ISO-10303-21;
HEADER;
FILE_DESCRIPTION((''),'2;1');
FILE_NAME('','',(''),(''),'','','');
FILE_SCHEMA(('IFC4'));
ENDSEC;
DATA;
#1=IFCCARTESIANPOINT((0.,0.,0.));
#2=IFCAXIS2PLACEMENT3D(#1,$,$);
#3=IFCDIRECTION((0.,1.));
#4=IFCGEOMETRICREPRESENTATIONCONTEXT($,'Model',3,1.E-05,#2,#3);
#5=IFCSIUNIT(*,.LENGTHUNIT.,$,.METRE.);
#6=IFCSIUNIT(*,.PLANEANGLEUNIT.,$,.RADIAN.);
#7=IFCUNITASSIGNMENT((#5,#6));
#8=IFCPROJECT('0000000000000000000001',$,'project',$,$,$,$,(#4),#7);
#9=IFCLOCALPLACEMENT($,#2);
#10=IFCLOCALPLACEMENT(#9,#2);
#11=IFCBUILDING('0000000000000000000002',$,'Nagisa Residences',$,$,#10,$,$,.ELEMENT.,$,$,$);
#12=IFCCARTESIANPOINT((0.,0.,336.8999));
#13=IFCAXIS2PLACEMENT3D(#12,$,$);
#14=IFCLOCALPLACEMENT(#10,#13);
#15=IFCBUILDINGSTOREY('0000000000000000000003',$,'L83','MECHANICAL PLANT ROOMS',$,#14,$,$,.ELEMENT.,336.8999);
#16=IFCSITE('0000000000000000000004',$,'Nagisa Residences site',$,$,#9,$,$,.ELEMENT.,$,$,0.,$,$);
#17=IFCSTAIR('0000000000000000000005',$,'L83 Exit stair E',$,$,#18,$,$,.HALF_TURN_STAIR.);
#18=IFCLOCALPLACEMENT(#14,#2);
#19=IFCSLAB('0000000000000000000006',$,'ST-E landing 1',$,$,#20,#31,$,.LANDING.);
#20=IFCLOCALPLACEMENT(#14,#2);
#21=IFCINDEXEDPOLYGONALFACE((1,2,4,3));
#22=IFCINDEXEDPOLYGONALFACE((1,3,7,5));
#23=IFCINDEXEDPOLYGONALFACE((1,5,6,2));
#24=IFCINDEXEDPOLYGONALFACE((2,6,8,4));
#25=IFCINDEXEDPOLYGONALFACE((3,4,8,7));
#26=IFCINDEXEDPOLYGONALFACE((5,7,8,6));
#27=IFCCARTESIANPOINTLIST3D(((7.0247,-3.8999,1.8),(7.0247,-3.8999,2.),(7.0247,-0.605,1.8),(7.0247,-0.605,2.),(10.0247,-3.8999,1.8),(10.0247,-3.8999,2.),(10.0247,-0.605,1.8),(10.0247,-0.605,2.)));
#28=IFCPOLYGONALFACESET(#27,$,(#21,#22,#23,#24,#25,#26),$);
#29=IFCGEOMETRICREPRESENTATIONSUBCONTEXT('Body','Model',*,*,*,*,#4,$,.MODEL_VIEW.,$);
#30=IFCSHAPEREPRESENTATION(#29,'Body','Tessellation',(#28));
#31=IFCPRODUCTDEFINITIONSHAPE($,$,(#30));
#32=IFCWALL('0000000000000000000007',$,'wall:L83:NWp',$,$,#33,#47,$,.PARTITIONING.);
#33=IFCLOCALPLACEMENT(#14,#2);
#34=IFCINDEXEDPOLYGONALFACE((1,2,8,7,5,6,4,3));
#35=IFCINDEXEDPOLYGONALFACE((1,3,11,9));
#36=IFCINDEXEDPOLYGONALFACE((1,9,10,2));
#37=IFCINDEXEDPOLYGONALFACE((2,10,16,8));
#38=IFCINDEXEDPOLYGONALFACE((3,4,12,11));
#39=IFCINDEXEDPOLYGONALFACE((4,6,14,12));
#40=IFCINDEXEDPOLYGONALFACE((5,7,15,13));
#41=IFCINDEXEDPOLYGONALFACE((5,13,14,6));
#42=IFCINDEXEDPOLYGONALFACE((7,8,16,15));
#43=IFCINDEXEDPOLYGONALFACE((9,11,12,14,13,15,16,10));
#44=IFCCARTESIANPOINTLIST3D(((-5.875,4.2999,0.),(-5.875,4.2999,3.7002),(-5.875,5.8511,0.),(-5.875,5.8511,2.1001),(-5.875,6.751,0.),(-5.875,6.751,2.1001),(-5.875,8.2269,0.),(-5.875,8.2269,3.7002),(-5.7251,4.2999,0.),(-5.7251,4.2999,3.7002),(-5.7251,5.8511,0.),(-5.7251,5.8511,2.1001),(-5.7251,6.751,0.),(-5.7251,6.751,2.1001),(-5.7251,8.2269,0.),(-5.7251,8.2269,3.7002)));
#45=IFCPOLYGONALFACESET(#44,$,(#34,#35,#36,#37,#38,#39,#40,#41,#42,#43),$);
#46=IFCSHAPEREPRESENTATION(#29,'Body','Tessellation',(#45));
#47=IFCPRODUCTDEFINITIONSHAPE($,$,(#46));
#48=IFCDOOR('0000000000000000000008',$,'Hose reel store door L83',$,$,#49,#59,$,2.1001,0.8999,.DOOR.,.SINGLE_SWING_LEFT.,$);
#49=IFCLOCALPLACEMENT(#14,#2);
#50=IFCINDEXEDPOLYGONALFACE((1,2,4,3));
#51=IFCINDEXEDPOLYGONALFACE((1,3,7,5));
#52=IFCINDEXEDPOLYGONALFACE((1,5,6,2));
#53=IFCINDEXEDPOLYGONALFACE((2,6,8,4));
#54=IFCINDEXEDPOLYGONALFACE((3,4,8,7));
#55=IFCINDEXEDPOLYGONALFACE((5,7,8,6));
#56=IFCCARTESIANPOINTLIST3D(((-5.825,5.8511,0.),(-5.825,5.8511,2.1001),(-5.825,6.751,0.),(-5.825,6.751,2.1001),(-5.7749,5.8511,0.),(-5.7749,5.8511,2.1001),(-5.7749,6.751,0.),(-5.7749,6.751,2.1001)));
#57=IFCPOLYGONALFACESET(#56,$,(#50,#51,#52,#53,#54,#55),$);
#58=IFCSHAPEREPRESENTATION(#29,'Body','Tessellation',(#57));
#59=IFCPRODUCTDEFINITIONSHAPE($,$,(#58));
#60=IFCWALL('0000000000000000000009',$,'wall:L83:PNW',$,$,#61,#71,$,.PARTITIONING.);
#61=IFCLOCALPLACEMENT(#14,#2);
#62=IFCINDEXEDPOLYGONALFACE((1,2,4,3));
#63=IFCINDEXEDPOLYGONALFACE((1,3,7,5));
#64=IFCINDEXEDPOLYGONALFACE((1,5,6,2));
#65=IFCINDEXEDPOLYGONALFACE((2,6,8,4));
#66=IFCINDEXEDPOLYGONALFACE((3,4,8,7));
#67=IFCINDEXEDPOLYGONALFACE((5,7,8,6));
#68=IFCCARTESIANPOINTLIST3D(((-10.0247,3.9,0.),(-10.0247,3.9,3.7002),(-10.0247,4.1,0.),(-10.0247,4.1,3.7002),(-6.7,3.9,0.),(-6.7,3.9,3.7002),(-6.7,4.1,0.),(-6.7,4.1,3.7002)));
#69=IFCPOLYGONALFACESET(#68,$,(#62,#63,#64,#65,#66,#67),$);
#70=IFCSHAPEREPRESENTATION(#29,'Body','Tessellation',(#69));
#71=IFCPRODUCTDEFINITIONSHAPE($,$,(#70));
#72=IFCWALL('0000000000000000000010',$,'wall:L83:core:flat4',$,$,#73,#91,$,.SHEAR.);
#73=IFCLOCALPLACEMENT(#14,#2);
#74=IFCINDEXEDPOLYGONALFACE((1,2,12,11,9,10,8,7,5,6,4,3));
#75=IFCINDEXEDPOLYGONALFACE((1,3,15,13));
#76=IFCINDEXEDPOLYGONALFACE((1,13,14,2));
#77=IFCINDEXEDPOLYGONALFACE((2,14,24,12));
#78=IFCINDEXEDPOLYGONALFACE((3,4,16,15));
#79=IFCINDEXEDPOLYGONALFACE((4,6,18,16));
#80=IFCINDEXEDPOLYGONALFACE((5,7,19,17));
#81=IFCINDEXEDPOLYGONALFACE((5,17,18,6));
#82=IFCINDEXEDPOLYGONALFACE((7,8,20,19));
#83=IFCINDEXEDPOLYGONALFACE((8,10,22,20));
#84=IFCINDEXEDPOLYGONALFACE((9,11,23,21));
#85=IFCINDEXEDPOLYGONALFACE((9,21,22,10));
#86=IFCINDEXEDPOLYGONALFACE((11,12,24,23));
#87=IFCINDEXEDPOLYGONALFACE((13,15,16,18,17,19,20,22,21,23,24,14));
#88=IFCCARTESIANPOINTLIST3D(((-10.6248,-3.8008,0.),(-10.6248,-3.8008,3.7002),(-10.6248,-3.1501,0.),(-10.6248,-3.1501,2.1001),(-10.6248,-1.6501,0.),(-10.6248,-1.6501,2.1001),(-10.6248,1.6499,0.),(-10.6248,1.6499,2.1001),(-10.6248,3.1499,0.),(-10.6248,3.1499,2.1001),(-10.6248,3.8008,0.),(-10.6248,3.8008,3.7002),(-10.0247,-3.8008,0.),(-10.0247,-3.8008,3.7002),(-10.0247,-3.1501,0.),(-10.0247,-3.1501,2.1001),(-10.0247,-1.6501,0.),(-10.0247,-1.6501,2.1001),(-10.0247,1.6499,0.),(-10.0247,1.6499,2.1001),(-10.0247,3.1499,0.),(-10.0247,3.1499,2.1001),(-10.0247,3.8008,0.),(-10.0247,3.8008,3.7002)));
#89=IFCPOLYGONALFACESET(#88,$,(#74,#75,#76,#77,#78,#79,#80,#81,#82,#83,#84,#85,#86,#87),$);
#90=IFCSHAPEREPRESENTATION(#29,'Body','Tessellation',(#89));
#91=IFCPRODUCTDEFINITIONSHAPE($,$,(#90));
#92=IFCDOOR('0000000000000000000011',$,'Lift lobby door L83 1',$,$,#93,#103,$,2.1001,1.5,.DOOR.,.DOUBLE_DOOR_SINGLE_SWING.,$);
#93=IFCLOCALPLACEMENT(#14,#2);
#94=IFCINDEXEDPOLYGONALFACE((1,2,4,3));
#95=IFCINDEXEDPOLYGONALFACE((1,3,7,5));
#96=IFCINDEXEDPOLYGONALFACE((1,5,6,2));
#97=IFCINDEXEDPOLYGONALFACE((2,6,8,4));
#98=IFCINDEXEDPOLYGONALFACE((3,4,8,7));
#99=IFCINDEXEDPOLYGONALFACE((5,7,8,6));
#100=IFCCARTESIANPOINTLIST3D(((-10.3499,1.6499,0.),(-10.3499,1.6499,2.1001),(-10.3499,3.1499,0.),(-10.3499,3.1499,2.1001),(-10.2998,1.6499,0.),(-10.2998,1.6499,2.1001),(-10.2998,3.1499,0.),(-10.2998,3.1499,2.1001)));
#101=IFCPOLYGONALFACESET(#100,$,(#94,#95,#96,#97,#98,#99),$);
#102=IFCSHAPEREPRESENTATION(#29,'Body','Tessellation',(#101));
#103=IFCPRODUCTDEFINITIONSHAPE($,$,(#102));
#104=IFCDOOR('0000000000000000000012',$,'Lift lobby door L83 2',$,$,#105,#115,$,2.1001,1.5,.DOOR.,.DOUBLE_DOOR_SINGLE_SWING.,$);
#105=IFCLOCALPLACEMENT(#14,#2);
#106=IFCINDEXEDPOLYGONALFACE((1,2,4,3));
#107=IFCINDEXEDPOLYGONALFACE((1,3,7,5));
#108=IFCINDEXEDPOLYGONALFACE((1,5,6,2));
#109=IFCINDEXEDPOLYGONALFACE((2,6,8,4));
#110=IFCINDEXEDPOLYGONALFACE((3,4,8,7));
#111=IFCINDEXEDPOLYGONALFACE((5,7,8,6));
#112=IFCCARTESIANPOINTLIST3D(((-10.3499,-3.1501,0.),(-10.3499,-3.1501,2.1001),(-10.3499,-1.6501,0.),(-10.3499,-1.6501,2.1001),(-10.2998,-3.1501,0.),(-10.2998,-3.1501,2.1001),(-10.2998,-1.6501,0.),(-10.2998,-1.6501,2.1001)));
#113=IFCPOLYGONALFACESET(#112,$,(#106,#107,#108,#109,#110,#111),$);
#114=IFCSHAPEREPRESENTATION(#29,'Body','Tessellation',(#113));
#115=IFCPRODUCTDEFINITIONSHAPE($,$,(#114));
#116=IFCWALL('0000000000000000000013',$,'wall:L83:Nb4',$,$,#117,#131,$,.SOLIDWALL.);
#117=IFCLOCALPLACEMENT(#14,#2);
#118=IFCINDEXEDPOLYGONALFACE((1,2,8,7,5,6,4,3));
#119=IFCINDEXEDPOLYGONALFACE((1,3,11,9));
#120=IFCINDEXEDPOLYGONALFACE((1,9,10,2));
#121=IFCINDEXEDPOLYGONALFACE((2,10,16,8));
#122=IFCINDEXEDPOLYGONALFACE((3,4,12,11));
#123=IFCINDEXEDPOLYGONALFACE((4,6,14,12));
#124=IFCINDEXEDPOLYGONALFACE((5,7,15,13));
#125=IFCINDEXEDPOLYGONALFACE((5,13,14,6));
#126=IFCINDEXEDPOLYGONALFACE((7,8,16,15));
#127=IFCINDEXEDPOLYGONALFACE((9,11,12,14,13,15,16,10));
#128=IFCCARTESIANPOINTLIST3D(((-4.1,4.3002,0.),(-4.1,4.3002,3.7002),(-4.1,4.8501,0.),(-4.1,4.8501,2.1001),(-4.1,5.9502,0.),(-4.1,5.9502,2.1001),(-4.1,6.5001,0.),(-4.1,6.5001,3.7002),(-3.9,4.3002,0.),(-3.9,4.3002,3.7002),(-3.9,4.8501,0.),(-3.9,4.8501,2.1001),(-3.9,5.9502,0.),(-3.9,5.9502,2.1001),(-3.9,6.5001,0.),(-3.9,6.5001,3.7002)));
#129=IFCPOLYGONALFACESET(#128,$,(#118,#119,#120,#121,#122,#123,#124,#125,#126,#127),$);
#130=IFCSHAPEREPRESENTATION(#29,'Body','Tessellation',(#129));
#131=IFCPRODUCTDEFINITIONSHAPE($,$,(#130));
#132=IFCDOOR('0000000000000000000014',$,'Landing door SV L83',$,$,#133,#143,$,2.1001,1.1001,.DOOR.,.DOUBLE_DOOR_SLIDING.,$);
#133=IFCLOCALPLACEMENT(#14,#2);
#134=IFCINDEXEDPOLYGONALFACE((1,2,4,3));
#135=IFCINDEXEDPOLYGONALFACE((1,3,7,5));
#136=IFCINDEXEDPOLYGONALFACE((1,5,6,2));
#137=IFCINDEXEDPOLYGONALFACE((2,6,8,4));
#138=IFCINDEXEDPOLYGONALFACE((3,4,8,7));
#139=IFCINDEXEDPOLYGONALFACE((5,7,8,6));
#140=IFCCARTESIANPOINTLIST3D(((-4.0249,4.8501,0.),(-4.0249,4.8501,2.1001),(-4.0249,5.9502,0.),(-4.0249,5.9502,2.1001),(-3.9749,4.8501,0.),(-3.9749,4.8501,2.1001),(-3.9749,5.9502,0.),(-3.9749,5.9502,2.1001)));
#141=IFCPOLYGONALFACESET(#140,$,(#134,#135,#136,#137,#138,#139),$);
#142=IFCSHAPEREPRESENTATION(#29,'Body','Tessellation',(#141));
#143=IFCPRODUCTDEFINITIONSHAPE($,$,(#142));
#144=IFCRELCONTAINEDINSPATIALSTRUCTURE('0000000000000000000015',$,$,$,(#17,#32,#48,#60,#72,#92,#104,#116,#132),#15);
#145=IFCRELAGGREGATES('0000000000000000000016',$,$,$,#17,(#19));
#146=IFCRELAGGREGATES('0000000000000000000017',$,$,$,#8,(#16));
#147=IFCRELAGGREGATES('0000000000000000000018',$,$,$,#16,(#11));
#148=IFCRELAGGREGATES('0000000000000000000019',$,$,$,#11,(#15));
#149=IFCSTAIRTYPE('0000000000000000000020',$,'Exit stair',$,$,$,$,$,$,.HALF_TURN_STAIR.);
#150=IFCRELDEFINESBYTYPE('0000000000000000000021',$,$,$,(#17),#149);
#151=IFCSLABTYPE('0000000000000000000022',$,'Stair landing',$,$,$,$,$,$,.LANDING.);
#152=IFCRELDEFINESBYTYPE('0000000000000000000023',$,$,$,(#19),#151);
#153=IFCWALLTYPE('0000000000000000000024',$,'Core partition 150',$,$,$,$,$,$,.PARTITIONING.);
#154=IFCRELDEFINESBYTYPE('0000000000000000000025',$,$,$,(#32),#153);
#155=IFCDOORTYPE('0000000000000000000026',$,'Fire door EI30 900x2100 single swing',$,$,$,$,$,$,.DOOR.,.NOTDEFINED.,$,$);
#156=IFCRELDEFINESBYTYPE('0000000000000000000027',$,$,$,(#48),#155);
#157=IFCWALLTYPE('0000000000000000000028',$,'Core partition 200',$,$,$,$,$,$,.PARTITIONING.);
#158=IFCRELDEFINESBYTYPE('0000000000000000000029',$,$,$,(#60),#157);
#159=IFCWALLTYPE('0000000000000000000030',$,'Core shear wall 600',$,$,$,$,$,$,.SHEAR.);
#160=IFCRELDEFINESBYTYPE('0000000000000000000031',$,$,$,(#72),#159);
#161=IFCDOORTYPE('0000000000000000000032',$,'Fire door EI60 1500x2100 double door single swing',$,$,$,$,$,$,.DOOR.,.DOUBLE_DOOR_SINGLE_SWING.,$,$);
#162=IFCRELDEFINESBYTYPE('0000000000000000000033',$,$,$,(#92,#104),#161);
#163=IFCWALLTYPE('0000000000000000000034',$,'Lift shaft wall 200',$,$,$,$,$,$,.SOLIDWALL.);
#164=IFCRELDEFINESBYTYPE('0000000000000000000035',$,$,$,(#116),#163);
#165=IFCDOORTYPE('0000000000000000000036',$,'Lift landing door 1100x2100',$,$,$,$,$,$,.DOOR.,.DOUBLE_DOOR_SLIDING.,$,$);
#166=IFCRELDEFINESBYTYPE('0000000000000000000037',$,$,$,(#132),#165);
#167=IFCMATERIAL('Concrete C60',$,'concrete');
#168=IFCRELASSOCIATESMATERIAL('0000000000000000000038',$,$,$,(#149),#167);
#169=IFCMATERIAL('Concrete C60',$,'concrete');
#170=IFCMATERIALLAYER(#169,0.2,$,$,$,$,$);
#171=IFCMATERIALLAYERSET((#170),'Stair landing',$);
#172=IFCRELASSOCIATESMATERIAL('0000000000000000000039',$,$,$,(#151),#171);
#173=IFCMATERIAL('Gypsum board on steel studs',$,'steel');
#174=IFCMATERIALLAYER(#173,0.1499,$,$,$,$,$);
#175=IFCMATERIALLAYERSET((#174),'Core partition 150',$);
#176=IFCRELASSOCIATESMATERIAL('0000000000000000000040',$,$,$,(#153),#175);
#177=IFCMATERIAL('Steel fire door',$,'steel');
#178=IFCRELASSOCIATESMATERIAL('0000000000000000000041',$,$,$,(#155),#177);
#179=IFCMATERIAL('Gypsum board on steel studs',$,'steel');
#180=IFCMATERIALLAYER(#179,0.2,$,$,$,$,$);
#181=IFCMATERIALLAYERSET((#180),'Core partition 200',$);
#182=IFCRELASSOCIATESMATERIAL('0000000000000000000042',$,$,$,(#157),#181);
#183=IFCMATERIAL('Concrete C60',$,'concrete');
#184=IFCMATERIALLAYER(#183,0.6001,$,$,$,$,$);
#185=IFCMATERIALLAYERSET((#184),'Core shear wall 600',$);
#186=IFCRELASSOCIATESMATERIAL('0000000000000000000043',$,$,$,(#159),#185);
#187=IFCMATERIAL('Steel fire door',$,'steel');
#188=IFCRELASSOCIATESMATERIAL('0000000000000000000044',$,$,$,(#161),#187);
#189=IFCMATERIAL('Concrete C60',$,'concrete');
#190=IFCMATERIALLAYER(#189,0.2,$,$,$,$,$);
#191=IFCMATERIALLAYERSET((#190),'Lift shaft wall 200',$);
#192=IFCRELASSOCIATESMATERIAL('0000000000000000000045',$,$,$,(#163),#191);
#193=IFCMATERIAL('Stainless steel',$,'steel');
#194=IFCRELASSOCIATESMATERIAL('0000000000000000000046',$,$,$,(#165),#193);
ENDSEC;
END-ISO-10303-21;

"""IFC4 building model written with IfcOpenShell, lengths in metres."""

from ifc_helpers import new_model, si_unit, direction, frame, frame_2d, origin, place, context, subcontext, project, spatial, polyline, rectangle, outline, extrude, material, layer, layer_set, type_object, element, fill, aggregate, save


model = new_model("IFC4")

# Units and contexts
model_context = context("Model", 3, precision=1e-05, world=origin(), true_north=direction((0.0, 1.0)))
body_context = subcontext(model_context, "Body", "Model", "MODEL_VIEW")
ifc_project = project(units=[si_unit("LENGTHUNIT", "METRE"), si_unit("PLANEANGLEUNIT", "RADIAN")], contexts=[model_context])

# Site, building, storey
site_placement = place(None, origin())
site = spatial("IfcSite", under=ifc_project, at=site_placement, Name="Nagisa Residences site", CompositionType="ELEMENT", RefElevation=0.0)
building_placement = place(site_placement, origin())
building = spatial("IfcBuilding", under=site, at=building_placement, Name="Nagisa Residences", CompositionType="ELEMENT")
storey_placement = place(building_placement, frame((0.0, 0.0, 336.8999)))
storey = spatial("IfcBuildingStorey", under=building, at=storey_placement, Name="L83", Description="MECHANICAL PLANT ROOMS", CompositionType="ELEMENT", Elevation=336.8999)

# Stair, slab
ifc_material_1 = material(Name="Concrete C60", Category="concrete")
stair_type = type_object("IfcStairType", Name="Exit stair", PredefinedType="HALF_TURN_STAIR", material=ifc_material_1)
stair_1_placement = place(storey_placement, origin())
stair_1 = element("IfcStair", 1, at=stair_1_placement, inside=storey, type_object=stair_type, Name="L83 Exit stair E", PredefinedType="HALF_TURN_STAIR")
ifc_material_2 = material(Name="Concrete C60", Category="concrete")
ifc_layer_1 = layer(ifc_material_2, 0.2)
ifc_layer_set_1 = layer_set([ifc_layer_1], Name="Stair landing")
slab_type = type_object("IfcSlabType", Name="Stair landing", PredefinedType="LANDING", material=ifc_layer_set_1)
slab_placement = place(storey_placement, frame((0.0, 0.0, 1.8)))
slab = element("IfcSlab", 2, at=slab_placement, type_object=slab_type, Name="ST-E landing 1", PredefinedType="LANDING", context=body_context, shape_type="SweptSolid", body=[
    extrude(outline(polyline([(7.0247, -0.605), (7.0247, -3.8999), (10.0247, -3.8999), (10.0247, -0.605), (7.0247, -0.605)])), origin(), (0.0, 0.0, 1.0), 0.2),
])
aggregate(stair_1, [slab])

# Wall, opening, door
ifc_material_3 = material(Name="Gypsum board on steel studs", Category="steel")
ifc_layer_2 = layer(ifc_material_3, 0.1499)
ifc_layer_set_2 = layer_set([ifc_layer_2], Name="Core partition 150")
wall_type_1 = type_object("IfcWallType", Name="Core partition 150", PredefinedType="PARTITIONING", material=ifc_layer_set_2)
wall_1_placement = place(storey_placement, frame((-5.8, 4.3, 0.0), z_axis=(0.0, 0.0, 1.0), x_axis=(0.0, 1.0, 0.0)))
wall_1 = element("IfcWall", 3, at=wall_1_placement, inside=storey, type_object=wall_type_1, Name="wall:L83:NWp", PredefinedType="PARTITIONING", context=body_context, shape_type="SweptSolid", body=[
    extrude(rectangle(XDim=3.927, YDim=0.1499, at=frame_2d((1.9634, 0.0))), origin(), (0.0, 0.0, 1.0), 3.7002),
])
opening_1_placement = place(wall_1_placement, frame((1.551, 0.0, 0.0)))
opening_1 = element("IfcOpeningElement", 4, at=opening_1_placement, cuts=wall_1, PredefinedType="OPENING", context=body_context, shape_type="SweptSolid", body=[
    extrude(rectangle(XDim=0.8999, YDim=2.1001, at=frame_2d((0.45, 1.05))), frame((0.0, 0.085, 0.0), z_axis=(0.0, -1.0, 0.0), x_axis=(1.0, 0.0, 0.0)), (0.0, 0.0, 1.0), 0.1699),
])
ifc_material_4 = material(Name="Steel fire door", Category="steel")
door_type_1 = type_object("IfcDoorType", Name="Fire door EI30 900x2100 single swing", OperationType="NOTDEFINED", PredefinedType="DOOR", material=ifc_material_4)
door_1_placement = place(opening_1_placement, origin())
door_1 = element("IfcDoor", 5, at=door_1_placement, inside=storey, type_object=door_type_1, Name="Hose reel store door L83", OperationType="SINGLE_SWING_LEFT", OverallHeight=2.1001, OverallWidth=0.8999, PredefinedType="DOOR", context=body_context, shape_type="SweptSolid", body=[
    extrude(rectangle(XDim=0.8999, YDim=2.1001, at=frame_2d((0.45, 1.05))), frame((0.0, 0.0249, 0.0), z_axis=(0.0, -1.0, 0.0), x_axis=(1.0, 0.0, 0.0)), (0.0, 0.0, 1.0), 0.05),
])
fill(opening_1, door_1)

# Wall
ifc_material_5 = material(Name="Gypsum board on steel studs", Category="steel")
ifc_layer_3 = layer(ifc_material_5, 0.2)
ifc_layer_set_3 = layer_set([ifc_layer_3], Name="Core partition 200")
wall_type_2 = type_object("IfcWallType", Name="Core partition 200", PredefinedType="PARTITIONING", material=ifc_layer_set_3)
wall_2_placement = place(storey_placement, frame((-10.0247, 4.0, 0.0), z_axis=(0.0, 0.0, 1.0), x_axis=(1.0, 0.0, 0.0)))
element("IfcWall", 6, at=wall_2_placement, inside=storey, type_object=wall_type_2, Name="wall:L83:PNW", PredefinedType="PARTITIONING", context=body_context, shape_type="SweptSolid", body=[
    extrude(rectangle(XDim=3.3247, YDim=0.2, at=frame_2d((1.6624, 0.0))), origin(), (0.0, 0.0, 1.0), 3.7002),
])

# Wall, openings, doors
ifc_material_6 = material(Name="Concrete C60", Category="concrete")
ifc_layer_4 = layer(ifc_material_6, 0.6001)
ifc_layer_set_4 = layer_set([ifc_layer_4], Name="Core shear wall 600")
wall_type_3 = type_object("IfcWallType", Name="Core shear wall 600", PredefinedType="SHEAR", material=ifc_layer_set_4)
wall_3_placement = place(storey_placement, frame((-10.3247, 3.8008, 0.0), z_axis=(0.0, 0.0, 1.0), x_axis=(0.0, -1.0, 0.0)))
wall_3 = element("IfcWall", 7, at=wall_3_placement, inside=storey, type_object=wall_type_3, Name="wall:L83:core:flat4", PredefinedType="SHEAR", context=body_context, shape_type="SweptSolid", body=[
    extrude(rectangle(XDim=7.6016, YDim=0.6001, at=frame_2d((3.8008, 0.0))), origin(), (0.0, 0.0, 1.0), 3.7002),
])
opening_2_placement = place(wall_3_placement, frame((0.6509, 0.0, 0.0)))
opening_2 = element("IfcOpeningElement", 8, at=opening_2_placement, cuts=wall_3, PredefinedType="OPENING", context=body_context, shape_type="SweptSolid", body=[
    extrude(rectangle(XDim=1.5, YDim=2.1001, at=frame_2d((0.75, 1.05))), frame((0.0, 0.3101, 0.0), z_axis=(0.0, -1.0, 0.0), x_axis=(1.0, 0.0, 0.0)), (0.0, 0.0, 1.0), 0.6201),
])
opening_3_placement = place(wall_3_placement, frame((5.4509, 0.0, 0.0)))
opening_3 = element("IfcOpeningElement", 9, at=opening_3_placement, cuts=wall_3, PredefinedType="OPENING", context=body_context, shape_type="SweptSolid", body=[
    extrude(rectangle(XDim=1.5, YDim=2.1001, at=frame_2d((0.75, 1.05))), frame((0.0, 0.3101, 0.0), z_axis=(0.0, -1.0, 0.0), x_axis=(1.0, 0.0, 0.0)), (0.0, 0.0, 1.0), 0.6201),
])
ifc_material_7 = material(Name="Steel fire door", Category="steel")
door_type_2 = type_object("IfcDoorType", Name="Fire door EI60 1500x2100 double door single swing", OperationType="DOUBLE_DOOR_SINGLE_SWING", PredefinedType="DOOR", material=ifc_material_7)
door_2_placement = place(opening_2_placement, origin())
door_2 = element("IfcDoor", 10, at=door_2_placement, inside=storey, type_object=door_type_2, Name="Lift lobby door L83 1", OperationType="DOUBLE_DOOR_SINGLE_SWING", OverallHeight=2.1001, OverallWidth=1.5, PredefinedType="DOOR", context=body_context, shape_type="SweptSolid", body=[
    extrude(rectangle(XDim=1.5, YDim=2.1001, at=frame_2d((0.75, 1.05))), frame((0.0, 0.0249, 0.0), z_axis=(0.0, -1.0, 0.0), x_axis=(1.0, 0.0, 0.0)), (0.0, 0.0, 1.0), 0.05),
])
fill(opening_2, door_2)
door_3_placement = place(opening_3_placement, origin())
door_3 = element("IfcDoor", 11, at=door_3_placement, inside=storey, type_object=door_type_2, Name="Lift lobby door L83 2", OperationType="DOUBLE_DOOR_SINGLE_SWING", OverallHeight=2.1001, OverallWidth=1.5, PredefinedType="DOOR", context=body_context, shape_type="SweptSolid", body=[
    extrude(rectangle(XDim=1.5, YDim=2.1001, at=frame_2d((0.75, 1.05))), frame((0.0, 0.0249, 0.0), z_axis=(0.0, -1.0, 0.0), x_axis=(1.0, 0.0, 0.0)), (0.0, 0.0, 1.0), 0.05),
])
fill(opening_3, door_3)

# Wall, opening, door
ifc_material_8 = material(Name="Concrete C60", Category="concrete")
ifc_layer_5 = layer(ifc_material_8, 0.2)
ifc_layer_set_5 = layer_set([ifc_layer_5], Name="Lift shaft wall 200")
wall_type_4 = type_object("IfcWallType", Name="Lift shaft wall 200", PredefinedType="SOLIDWALL", material=ifc_layer_set_5)
wall_4_placement = place(storey_placement, frame((-4.0, 4.3, 0.0), z_axis=(0.0, 0.0, 1.0), x_axis=(0.0, 1.0, 0.0)))
wall_4 = element("IfcWall", 12, at=wall_4_placement, inside=storey, type_object=wall_type_4, Name="wall:L83:Nb4", PredefinedType="SOLIDWALL", context=body_context, shape_type="SweptSolid", body=[
    extrude(rectangle(XDim=2.2, YDim=0.2, at=frame_2d((1.1001, 0.0))), origin(), (0.0, 0.0, 1.0), 3.7002),
])
opening_4_placement = place(wall_4_placement, frame((0.55, 0.0, 0.0)))
opening_4 = element("IfcOpeningElement", 13, at=opening_4_placement, cuts=wall_4, PredefinedType="OPENING", context=body_context, shape_type="SweptSolid", body=[
    extrude(rectangle(XDim=1.1001, YDim=2.1001, at=frame_2d((0.55, 1.05))), frame((0.0, 0.1099, 0.0), z_axis=(0.0, -1.0, 0.0), x_axis=(1.0, 0.0, 0.0)), (0.0, 0.0, 1.0), 0.22),
])
ifc_material_9 = material(Name="Stainless steel", Category="steel")
door_type_3 = type_object("IfcDoorType", Name="Lift landing door 1100x2100", OperationType="DOUBLE_DOOR_SLIDING", PredefinedType="DOOR", material=ifc_material_9)
door_4_placement = place(opening_4_placement, origin())
door_4 = element("IfcDoor", 14, at=door_4_placement, inside=storey, type_object=door_type_3, Name="Landing door SV L83", OperationType="DOUBLE_DOOR_SLIDING", OverallHeight=2.1001, OverallWidth=1.1001, PredefinedType="DOOR", context=body_context, shape_type="SweptSolid", body=[
    extrude(rectangle(XDim=1.1001, YDim=2.1001, at=frame_2d((0.55, 1.05))), frame((0.0, 0.0249, 0.0), z_axis=(0.0, -1.0, 0.0), x_axis=(1.0, 0.0, 0.0)), (0.0, 0.0, 1.0), 0.05),
])
fill(opening_4, door_4)

save(model, "model.ifc")
